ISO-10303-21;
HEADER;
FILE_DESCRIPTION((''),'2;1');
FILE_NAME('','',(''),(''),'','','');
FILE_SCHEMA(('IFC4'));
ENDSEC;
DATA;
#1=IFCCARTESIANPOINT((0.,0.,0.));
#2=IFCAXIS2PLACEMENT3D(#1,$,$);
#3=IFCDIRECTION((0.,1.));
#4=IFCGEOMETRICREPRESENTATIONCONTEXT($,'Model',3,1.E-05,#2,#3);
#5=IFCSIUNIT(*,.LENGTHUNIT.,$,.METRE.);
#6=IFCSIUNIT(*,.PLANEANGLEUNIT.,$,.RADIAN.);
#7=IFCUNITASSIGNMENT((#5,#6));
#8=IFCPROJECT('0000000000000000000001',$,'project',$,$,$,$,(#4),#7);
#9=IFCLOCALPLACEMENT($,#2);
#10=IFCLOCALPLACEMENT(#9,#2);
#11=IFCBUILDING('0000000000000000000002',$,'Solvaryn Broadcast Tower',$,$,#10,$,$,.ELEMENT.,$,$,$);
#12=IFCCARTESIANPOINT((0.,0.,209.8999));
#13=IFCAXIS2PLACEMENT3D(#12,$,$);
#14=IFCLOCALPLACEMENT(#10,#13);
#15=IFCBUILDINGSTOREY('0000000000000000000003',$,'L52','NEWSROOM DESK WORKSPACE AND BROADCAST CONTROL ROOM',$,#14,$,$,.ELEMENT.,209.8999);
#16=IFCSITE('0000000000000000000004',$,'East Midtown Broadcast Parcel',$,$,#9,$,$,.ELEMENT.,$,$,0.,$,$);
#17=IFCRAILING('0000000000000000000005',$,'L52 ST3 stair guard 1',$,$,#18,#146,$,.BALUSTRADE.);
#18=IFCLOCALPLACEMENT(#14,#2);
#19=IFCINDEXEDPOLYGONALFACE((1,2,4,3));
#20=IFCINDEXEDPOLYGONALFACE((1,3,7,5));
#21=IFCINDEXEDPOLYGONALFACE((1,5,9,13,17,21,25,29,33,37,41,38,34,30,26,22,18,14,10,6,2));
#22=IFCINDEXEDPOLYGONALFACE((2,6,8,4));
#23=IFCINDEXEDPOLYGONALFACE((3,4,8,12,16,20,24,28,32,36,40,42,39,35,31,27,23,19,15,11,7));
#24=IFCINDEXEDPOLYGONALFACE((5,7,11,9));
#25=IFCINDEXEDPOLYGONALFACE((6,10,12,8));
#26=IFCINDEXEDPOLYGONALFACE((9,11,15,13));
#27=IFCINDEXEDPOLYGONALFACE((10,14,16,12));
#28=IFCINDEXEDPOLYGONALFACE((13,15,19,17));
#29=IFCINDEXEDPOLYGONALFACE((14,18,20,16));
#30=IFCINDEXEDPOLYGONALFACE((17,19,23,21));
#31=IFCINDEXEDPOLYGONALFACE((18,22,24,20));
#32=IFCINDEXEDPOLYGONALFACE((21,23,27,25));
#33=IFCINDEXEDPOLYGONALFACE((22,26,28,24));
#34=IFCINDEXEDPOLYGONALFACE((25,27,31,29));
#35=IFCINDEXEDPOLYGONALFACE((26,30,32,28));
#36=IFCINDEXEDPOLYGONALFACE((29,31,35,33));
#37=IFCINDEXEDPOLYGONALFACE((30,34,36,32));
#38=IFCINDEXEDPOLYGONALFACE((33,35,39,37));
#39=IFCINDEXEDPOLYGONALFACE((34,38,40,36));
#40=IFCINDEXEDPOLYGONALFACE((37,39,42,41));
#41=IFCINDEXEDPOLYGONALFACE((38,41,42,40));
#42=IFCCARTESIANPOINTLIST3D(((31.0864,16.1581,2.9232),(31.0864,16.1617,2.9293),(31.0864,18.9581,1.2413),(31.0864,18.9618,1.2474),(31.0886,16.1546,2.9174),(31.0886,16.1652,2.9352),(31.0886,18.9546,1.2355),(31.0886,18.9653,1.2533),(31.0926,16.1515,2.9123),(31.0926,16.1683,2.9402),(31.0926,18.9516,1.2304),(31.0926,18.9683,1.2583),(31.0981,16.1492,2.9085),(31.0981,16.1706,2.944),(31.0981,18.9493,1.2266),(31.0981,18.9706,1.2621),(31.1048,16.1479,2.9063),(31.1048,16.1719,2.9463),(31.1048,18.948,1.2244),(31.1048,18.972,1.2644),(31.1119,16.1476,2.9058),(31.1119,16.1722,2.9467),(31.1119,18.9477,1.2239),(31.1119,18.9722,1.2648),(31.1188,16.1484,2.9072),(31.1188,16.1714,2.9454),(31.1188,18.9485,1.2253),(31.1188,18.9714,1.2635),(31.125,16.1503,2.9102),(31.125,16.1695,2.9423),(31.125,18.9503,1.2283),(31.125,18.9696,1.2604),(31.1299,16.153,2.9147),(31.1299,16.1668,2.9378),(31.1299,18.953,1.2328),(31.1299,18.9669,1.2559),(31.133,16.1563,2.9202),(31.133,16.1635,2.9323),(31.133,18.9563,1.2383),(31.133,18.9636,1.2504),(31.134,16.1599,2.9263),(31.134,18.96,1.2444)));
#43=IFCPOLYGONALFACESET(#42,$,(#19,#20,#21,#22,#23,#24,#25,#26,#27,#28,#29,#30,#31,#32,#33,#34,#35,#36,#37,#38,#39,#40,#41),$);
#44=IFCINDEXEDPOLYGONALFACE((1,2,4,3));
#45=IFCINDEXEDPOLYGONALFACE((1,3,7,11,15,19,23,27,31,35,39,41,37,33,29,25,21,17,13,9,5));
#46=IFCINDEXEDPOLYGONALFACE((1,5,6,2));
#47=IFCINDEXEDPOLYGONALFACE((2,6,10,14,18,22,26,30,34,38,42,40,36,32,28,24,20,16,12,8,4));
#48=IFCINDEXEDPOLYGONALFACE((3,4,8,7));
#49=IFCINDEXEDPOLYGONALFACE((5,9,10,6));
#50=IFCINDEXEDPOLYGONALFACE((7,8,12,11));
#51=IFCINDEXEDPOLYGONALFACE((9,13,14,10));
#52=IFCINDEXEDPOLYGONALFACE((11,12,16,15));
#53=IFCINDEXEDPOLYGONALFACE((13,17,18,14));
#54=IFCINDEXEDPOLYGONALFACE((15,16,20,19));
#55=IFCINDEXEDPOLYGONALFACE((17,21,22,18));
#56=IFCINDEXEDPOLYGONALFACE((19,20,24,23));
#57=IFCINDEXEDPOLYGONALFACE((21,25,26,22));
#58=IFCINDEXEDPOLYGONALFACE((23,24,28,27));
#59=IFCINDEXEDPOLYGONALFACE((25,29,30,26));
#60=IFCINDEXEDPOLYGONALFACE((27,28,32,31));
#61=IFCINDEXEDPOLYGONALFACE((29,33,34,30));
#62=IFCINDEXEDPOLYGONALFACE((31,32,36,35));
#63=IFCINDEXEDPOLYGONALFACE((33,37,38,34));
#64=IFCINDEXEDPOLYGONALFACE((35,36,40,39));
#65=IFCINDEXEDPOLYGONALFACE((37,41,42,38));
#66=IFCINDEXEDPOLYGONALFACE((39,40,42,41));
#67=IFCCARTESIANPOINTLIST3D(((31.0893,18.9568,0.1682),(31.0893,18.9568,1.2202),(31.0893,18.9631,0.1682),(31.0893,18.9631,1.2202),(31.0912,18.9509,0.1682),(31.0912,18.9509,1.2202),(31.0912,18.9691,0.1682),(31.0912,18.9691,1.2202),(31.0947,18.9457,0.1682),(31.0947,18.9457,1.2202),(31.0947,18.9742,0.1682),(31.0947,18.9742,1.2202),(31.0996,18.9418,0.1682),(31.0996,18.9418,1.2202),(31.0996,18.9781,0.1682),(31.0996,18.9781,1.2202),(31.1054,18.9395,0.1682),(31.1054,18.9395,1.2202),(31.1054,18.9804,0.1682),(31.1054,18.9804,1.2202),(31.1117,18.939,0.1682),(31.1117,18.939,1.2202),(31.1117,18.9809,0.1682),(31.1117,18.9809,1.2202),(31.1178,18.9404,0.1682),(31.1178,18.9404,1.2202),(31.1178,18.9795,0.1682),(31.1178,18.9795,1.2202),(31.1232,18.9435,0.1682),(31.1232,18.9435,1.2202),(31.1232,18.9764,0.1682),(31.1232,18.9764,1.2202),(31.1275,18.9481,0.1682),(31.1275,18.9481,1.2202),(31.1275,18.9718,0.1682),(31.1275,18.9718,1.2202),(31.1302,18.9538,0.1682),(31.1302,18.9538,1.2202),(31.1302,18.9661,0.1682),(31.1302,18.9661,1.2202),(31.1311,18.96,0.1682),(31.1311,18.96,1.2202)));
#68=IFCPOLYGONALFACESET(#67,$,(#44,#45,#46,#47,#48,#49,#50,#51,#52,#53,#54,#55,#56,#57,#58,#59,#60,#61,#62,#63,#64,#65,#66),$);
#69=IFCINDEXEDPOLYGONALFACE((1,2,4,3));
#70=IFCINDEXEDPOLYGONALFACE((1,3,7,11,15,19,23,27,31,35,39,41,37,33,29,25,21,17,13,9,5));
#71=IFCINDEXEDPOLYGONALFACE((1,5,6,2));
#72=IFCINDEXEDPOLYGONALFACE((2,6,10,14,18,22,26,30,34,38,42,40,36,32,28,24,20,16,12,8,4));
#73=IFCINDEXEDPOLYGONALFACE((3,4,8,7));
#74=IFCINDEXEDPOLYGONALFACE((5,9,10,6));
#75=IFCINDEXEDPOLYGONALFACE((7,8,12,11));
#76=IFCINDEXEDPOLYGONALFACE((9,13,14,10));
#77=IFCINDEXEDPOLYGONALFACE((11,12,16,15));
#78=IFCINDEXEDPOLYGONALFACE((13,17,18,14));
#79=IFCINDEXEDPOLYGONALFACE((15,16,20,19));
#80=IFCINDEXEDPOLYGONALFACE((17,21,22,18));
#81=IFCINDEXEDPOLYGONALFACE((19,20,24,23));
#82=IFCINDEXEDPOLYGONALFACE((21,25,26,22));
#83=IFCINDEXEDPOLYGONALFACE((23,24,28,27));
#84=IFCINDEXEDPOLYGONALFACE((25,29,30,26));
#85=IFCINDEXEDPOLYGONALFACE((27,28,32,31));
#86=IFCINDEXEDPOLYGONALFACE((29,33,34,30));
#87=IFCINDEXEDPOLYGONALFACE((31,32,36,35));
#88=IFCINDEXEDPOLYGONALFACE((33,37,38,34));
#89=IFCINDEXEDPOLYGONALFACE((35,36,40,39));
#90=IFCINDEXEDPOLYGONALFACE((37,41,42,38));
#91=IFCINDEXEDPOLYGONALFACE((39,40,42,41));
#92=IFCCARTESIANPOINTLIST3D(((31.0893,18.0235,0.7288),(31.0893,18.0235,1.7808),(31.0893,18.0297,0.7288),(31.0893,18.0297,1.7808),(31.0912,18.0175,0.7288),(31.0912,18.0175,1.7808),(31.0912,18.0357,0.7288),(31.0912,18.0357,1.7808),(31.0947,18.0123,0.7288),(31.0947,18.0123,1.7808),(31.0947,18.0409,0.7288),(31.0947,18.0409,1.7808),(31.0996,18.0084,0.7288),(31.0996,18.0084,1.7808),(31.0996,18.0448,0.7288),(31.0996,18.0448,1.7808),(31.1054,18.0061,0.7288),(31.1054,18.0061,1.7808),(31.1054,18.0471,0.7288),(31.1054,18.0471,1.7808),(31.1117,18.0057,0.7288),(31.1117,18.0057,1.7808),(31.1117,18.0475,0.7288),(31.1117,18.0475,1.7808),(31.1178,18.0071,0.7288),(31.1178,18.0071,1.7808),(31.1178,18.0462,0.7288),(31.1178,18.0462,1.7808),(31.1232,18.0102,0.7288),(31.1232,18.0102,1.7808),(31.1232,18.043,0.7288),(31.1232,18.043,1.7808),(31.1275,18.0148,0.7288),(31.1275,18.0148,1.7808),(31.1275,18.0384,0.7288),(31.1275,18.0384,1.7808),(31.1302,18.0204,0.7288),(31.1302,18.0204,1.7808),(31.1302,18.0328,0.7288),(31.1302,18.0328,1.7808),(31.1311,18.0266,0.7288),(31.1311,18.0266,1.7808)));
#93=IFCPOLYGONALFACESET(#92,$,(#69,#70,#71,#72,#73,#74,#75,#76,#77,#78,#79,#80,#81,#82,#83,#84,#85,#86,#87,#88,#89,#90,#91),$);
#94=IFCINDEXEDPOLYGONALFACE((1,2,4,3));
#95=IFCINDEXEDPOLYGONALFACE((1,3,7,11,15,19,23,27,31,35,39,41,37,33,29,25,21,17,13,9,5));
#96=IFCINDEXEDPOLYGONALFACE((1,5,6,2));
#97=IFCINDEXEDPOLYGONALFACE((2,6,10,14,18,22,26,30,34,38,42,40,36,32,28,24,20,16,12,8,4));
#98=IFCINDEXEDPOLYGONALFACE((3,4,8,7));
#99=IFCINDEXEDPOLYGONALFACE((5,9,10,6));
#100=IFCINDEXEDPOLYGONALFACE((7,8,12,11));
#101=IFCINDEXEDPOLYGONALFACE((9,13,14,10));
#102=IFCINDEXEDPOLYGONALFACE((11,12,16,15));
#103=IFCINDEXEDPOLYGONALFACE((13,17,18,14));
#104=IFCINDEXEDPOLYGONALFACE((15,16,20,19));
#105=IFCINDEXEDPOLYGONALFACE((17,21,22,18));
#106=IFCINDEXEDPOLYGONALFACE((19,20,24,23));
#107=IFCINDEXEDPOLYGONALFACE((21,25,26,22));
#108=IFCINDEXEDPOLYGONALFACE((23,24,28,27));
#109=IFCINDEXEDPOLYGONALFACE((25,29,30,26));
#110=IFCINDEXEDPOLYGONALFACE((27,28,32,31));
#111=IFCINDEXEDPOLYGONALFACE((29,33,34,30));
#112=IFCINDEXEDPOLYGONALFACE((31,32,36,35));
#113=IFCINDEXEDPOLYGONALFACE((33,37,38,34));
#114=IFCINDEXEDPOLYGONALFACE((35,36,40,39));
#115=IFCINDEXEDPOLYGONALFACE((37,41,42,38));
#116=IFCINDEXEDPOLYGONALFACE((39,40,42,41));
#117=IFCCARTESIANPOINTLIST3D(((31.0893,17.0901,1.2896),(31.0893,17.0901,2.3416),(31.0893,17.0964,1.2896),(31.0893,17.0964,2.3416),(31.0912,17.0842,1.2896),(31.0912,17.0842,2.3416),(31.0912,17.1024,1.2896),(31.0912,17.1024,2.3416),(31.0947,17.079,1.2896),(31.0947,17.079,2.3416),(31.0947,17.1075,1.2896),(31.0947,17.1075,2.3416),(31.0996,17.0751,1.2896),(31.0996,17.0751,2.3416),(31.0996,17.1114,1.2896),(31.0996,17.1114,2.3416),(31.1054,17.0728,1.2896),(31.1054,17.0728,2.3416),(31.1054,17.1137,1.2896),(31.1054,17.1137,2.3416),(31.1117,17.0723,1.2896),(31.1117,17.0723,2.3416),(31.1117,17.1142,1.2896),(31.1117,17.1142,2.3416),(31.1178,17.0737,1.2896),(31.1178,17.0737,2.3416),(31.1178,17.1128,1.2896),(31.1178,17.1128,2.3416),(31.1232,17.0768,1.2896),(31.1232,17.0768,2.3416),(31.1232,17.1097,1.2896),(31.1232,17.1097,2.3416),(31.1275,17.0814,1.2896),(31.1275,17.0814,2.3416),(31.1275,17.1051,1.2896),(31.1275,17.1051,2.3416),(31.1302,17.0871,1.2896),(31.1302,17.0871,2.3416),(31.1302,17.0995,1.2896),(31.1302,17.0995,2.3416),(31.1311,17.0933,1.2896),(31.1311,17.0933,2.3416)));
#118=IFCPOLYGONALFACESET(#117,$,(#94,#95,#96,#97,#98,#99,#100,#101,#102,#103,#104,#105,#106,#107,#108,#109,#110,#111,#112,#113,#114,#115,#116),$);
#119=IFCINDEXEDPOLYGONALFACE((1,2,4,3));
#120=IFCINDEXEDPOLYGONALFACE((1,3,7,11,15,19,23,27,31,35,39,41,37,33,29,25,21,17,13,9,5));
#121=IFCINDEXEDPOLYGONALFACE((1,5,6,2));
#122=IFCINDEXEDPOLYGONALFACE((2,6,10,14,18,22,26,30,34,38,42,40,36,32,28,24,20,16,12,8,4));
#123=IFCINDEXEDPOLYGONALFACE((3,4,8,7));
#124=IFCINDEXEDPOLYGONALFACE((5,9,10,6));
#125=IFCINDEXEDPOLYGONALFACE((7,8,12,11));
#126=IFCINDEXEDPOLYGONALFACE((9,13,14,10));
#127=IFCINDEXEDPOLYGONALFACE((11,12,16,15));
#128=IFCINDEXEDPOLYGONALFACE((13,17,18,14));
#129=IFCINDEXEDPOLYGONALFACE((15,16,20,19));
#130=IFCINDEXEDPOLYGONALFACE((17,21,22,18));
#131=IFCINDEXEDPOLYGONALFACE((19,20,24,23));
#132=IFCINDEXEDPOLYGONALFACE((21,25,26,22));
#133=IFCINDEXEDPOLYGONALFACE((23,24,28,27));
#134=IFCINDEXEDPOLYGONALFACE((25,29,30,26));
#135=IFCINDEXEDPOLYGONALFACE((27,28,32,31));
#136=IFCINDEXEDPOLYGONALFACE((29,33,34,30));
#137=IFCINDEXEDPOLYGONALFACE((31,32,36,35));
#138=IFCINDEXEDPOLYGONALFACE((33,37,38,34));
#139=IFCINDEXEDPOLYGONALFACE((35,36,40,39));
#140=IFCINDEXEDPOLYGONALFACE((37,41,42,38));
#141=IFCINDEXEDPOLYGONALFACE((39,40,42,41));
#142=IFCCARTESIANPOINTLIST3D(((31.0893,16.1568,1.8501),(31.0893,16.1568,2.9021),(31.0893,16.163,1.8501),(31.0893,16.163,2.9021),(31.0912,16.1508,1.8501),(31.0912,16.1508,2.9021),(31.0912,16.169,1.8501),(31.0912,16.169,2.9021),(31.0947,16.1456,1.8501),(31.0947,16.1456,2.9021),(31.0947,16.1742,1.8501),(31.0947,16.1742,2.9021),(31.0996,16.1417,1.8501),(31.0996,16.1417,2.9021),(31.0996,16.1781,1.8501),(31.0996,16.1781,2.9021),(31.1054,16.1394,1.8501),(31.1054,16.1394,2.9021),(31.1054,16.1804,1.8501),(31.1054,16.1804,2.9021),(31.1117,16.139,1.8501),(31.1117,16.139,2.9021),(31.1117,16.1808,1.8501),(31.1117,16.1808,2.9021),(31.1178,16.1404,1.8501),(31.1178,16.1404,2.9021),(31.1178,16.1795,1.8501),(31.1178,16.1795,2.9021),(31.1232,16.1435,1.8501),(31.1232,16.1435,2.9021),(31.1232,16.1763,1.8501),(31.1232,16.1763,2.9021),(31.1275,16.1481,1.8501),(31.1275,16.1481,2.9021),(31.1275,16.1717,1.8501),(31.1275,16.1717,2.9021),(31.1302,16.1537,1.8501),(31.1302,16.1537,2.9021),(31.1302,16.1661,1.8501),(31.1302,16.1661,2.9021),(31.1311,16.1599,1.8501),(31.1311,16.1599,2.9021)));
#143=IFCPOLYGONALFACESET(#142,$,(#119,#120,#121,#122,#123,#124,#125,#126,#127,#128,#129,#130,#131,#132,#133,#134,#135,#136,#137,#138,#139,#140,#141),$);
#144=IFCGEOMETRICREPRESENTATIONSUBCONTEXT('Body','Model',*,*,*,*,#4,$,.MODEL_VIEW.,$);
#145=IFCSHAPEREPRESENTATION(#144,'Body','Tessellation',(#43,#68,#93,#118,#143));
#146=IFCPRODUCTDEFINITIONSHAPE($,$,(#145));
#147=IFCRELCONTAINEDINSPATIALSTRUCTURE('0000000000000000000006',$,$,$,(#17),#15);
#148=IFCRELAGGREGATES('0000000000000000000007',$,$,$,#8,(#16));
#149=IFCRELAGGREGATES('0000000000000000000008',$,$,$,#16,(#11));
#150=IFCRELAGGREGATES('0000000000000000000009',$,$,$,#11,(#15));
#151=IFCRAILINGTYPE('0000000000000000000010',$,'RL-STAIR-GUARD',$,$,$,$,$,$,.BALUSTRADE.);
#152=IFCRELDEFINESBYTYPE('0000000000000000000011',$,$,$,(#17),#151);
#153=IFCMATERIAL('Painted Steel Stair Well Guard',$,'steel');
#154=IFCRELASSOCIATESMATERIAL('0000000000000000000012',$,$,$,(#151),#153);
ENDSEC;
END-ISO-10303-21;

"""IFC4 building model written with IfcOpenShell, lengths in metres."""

from ifc_helpers import new_model, si_unit, direction, frame, origin, origin_2d, place, context, subcontext, project, spatial, circle, extrude, material, type_object, element, save


model = new_model("IFC4")

# Units and contexts
model_context = context("Model", 3, precision=1e-05, world=origin(), true_north=direction((0.0, 1.0)))
body_context = subcontext(model_context, "Body", "Model", "MODEL_VIEW")
ifc_project = project(units=[si_unit("LENGTHUNIT", "METRE"), si_unit("PLANEANGLEUNIT", "RADIAN")], contexts=[model_context])

# Site, building, storey
site_placement = place(None, origin())
site = spatial("IfcSite", under=ifc_project, at=site_placement, Name="East Midtown Broadcast Parcel", CompositionType="ELEMENT", RefElevation=0.0)
building_placement = place(site_placement, origin())
building = spatial("IfcBuilding", under=site, at=building_placement, Name="Solvaryn Broadcast Tower", CompositionType="ELEMENT")
storey_placement = place(building_placement, frame((0.0, 0.0, 209.8999)))
storey = spatial("IfcBuildingStorey", under=building, at=storey_placement, Name="L52", Description="NEWSROOM DESK WORKSPACE AND BROADCAST CONTROL ROOM", CompositionType="ELEMENT", Elevation=209.8999)

# Railing
ifc_material_1 = material(Name="Painted Steel Stair Well Guard", Category="steel")
railing_type_1 = type_object("IfcRailingType", Name="RL-STAIR-GUARD", PredefinedType="BALUSTRADE", material=ifc_material_1)
railing_1_placement = place(storey_placement, frame((31.1101, 18.96, 0.1682)))
element("IfcRailing", 1, at=railing_1_placement, inside=storey, type_object=railing_type_1, Name="L52 ST3 stair guard 1", PredefinedType="BALUSTRADE", context=body_context, shape_type="SweptSolid", body=[
    extrude(circle(Radius=0.0239, at=origin_2d()), frame((0.0, 0.0, 1.0762), z_axis=(0.0, -0.857242, 0.514913), x_axis=(1.0, 0.0, 0.0)), (0.0, 0.0, 1.0), 3.2664),
    extrude(circle(Radius=0.021, at=origin_2d()), origin(), (0.0, 0.0, 1.0), 1.052),
    extrude(circle(Radius=0.021, at=origin_2d()), frame((0.0, -0.9333, 0.5605)), (0.0, 0.0, 1.0), 1.052),
    extrude(circle(Radius=0.021, at=origin_2d()), frame((0.0, -1.8667, 1.1213)), (0.0, 0.0, 1.0), 1.052),
    extrude(circle(Radius=0.021, at=origin_2d()), frame((0.0, -2.8, 1.6819)), (0.0, 0.0, 1.0), 1.052),
])

save(model, "model.ifc")
